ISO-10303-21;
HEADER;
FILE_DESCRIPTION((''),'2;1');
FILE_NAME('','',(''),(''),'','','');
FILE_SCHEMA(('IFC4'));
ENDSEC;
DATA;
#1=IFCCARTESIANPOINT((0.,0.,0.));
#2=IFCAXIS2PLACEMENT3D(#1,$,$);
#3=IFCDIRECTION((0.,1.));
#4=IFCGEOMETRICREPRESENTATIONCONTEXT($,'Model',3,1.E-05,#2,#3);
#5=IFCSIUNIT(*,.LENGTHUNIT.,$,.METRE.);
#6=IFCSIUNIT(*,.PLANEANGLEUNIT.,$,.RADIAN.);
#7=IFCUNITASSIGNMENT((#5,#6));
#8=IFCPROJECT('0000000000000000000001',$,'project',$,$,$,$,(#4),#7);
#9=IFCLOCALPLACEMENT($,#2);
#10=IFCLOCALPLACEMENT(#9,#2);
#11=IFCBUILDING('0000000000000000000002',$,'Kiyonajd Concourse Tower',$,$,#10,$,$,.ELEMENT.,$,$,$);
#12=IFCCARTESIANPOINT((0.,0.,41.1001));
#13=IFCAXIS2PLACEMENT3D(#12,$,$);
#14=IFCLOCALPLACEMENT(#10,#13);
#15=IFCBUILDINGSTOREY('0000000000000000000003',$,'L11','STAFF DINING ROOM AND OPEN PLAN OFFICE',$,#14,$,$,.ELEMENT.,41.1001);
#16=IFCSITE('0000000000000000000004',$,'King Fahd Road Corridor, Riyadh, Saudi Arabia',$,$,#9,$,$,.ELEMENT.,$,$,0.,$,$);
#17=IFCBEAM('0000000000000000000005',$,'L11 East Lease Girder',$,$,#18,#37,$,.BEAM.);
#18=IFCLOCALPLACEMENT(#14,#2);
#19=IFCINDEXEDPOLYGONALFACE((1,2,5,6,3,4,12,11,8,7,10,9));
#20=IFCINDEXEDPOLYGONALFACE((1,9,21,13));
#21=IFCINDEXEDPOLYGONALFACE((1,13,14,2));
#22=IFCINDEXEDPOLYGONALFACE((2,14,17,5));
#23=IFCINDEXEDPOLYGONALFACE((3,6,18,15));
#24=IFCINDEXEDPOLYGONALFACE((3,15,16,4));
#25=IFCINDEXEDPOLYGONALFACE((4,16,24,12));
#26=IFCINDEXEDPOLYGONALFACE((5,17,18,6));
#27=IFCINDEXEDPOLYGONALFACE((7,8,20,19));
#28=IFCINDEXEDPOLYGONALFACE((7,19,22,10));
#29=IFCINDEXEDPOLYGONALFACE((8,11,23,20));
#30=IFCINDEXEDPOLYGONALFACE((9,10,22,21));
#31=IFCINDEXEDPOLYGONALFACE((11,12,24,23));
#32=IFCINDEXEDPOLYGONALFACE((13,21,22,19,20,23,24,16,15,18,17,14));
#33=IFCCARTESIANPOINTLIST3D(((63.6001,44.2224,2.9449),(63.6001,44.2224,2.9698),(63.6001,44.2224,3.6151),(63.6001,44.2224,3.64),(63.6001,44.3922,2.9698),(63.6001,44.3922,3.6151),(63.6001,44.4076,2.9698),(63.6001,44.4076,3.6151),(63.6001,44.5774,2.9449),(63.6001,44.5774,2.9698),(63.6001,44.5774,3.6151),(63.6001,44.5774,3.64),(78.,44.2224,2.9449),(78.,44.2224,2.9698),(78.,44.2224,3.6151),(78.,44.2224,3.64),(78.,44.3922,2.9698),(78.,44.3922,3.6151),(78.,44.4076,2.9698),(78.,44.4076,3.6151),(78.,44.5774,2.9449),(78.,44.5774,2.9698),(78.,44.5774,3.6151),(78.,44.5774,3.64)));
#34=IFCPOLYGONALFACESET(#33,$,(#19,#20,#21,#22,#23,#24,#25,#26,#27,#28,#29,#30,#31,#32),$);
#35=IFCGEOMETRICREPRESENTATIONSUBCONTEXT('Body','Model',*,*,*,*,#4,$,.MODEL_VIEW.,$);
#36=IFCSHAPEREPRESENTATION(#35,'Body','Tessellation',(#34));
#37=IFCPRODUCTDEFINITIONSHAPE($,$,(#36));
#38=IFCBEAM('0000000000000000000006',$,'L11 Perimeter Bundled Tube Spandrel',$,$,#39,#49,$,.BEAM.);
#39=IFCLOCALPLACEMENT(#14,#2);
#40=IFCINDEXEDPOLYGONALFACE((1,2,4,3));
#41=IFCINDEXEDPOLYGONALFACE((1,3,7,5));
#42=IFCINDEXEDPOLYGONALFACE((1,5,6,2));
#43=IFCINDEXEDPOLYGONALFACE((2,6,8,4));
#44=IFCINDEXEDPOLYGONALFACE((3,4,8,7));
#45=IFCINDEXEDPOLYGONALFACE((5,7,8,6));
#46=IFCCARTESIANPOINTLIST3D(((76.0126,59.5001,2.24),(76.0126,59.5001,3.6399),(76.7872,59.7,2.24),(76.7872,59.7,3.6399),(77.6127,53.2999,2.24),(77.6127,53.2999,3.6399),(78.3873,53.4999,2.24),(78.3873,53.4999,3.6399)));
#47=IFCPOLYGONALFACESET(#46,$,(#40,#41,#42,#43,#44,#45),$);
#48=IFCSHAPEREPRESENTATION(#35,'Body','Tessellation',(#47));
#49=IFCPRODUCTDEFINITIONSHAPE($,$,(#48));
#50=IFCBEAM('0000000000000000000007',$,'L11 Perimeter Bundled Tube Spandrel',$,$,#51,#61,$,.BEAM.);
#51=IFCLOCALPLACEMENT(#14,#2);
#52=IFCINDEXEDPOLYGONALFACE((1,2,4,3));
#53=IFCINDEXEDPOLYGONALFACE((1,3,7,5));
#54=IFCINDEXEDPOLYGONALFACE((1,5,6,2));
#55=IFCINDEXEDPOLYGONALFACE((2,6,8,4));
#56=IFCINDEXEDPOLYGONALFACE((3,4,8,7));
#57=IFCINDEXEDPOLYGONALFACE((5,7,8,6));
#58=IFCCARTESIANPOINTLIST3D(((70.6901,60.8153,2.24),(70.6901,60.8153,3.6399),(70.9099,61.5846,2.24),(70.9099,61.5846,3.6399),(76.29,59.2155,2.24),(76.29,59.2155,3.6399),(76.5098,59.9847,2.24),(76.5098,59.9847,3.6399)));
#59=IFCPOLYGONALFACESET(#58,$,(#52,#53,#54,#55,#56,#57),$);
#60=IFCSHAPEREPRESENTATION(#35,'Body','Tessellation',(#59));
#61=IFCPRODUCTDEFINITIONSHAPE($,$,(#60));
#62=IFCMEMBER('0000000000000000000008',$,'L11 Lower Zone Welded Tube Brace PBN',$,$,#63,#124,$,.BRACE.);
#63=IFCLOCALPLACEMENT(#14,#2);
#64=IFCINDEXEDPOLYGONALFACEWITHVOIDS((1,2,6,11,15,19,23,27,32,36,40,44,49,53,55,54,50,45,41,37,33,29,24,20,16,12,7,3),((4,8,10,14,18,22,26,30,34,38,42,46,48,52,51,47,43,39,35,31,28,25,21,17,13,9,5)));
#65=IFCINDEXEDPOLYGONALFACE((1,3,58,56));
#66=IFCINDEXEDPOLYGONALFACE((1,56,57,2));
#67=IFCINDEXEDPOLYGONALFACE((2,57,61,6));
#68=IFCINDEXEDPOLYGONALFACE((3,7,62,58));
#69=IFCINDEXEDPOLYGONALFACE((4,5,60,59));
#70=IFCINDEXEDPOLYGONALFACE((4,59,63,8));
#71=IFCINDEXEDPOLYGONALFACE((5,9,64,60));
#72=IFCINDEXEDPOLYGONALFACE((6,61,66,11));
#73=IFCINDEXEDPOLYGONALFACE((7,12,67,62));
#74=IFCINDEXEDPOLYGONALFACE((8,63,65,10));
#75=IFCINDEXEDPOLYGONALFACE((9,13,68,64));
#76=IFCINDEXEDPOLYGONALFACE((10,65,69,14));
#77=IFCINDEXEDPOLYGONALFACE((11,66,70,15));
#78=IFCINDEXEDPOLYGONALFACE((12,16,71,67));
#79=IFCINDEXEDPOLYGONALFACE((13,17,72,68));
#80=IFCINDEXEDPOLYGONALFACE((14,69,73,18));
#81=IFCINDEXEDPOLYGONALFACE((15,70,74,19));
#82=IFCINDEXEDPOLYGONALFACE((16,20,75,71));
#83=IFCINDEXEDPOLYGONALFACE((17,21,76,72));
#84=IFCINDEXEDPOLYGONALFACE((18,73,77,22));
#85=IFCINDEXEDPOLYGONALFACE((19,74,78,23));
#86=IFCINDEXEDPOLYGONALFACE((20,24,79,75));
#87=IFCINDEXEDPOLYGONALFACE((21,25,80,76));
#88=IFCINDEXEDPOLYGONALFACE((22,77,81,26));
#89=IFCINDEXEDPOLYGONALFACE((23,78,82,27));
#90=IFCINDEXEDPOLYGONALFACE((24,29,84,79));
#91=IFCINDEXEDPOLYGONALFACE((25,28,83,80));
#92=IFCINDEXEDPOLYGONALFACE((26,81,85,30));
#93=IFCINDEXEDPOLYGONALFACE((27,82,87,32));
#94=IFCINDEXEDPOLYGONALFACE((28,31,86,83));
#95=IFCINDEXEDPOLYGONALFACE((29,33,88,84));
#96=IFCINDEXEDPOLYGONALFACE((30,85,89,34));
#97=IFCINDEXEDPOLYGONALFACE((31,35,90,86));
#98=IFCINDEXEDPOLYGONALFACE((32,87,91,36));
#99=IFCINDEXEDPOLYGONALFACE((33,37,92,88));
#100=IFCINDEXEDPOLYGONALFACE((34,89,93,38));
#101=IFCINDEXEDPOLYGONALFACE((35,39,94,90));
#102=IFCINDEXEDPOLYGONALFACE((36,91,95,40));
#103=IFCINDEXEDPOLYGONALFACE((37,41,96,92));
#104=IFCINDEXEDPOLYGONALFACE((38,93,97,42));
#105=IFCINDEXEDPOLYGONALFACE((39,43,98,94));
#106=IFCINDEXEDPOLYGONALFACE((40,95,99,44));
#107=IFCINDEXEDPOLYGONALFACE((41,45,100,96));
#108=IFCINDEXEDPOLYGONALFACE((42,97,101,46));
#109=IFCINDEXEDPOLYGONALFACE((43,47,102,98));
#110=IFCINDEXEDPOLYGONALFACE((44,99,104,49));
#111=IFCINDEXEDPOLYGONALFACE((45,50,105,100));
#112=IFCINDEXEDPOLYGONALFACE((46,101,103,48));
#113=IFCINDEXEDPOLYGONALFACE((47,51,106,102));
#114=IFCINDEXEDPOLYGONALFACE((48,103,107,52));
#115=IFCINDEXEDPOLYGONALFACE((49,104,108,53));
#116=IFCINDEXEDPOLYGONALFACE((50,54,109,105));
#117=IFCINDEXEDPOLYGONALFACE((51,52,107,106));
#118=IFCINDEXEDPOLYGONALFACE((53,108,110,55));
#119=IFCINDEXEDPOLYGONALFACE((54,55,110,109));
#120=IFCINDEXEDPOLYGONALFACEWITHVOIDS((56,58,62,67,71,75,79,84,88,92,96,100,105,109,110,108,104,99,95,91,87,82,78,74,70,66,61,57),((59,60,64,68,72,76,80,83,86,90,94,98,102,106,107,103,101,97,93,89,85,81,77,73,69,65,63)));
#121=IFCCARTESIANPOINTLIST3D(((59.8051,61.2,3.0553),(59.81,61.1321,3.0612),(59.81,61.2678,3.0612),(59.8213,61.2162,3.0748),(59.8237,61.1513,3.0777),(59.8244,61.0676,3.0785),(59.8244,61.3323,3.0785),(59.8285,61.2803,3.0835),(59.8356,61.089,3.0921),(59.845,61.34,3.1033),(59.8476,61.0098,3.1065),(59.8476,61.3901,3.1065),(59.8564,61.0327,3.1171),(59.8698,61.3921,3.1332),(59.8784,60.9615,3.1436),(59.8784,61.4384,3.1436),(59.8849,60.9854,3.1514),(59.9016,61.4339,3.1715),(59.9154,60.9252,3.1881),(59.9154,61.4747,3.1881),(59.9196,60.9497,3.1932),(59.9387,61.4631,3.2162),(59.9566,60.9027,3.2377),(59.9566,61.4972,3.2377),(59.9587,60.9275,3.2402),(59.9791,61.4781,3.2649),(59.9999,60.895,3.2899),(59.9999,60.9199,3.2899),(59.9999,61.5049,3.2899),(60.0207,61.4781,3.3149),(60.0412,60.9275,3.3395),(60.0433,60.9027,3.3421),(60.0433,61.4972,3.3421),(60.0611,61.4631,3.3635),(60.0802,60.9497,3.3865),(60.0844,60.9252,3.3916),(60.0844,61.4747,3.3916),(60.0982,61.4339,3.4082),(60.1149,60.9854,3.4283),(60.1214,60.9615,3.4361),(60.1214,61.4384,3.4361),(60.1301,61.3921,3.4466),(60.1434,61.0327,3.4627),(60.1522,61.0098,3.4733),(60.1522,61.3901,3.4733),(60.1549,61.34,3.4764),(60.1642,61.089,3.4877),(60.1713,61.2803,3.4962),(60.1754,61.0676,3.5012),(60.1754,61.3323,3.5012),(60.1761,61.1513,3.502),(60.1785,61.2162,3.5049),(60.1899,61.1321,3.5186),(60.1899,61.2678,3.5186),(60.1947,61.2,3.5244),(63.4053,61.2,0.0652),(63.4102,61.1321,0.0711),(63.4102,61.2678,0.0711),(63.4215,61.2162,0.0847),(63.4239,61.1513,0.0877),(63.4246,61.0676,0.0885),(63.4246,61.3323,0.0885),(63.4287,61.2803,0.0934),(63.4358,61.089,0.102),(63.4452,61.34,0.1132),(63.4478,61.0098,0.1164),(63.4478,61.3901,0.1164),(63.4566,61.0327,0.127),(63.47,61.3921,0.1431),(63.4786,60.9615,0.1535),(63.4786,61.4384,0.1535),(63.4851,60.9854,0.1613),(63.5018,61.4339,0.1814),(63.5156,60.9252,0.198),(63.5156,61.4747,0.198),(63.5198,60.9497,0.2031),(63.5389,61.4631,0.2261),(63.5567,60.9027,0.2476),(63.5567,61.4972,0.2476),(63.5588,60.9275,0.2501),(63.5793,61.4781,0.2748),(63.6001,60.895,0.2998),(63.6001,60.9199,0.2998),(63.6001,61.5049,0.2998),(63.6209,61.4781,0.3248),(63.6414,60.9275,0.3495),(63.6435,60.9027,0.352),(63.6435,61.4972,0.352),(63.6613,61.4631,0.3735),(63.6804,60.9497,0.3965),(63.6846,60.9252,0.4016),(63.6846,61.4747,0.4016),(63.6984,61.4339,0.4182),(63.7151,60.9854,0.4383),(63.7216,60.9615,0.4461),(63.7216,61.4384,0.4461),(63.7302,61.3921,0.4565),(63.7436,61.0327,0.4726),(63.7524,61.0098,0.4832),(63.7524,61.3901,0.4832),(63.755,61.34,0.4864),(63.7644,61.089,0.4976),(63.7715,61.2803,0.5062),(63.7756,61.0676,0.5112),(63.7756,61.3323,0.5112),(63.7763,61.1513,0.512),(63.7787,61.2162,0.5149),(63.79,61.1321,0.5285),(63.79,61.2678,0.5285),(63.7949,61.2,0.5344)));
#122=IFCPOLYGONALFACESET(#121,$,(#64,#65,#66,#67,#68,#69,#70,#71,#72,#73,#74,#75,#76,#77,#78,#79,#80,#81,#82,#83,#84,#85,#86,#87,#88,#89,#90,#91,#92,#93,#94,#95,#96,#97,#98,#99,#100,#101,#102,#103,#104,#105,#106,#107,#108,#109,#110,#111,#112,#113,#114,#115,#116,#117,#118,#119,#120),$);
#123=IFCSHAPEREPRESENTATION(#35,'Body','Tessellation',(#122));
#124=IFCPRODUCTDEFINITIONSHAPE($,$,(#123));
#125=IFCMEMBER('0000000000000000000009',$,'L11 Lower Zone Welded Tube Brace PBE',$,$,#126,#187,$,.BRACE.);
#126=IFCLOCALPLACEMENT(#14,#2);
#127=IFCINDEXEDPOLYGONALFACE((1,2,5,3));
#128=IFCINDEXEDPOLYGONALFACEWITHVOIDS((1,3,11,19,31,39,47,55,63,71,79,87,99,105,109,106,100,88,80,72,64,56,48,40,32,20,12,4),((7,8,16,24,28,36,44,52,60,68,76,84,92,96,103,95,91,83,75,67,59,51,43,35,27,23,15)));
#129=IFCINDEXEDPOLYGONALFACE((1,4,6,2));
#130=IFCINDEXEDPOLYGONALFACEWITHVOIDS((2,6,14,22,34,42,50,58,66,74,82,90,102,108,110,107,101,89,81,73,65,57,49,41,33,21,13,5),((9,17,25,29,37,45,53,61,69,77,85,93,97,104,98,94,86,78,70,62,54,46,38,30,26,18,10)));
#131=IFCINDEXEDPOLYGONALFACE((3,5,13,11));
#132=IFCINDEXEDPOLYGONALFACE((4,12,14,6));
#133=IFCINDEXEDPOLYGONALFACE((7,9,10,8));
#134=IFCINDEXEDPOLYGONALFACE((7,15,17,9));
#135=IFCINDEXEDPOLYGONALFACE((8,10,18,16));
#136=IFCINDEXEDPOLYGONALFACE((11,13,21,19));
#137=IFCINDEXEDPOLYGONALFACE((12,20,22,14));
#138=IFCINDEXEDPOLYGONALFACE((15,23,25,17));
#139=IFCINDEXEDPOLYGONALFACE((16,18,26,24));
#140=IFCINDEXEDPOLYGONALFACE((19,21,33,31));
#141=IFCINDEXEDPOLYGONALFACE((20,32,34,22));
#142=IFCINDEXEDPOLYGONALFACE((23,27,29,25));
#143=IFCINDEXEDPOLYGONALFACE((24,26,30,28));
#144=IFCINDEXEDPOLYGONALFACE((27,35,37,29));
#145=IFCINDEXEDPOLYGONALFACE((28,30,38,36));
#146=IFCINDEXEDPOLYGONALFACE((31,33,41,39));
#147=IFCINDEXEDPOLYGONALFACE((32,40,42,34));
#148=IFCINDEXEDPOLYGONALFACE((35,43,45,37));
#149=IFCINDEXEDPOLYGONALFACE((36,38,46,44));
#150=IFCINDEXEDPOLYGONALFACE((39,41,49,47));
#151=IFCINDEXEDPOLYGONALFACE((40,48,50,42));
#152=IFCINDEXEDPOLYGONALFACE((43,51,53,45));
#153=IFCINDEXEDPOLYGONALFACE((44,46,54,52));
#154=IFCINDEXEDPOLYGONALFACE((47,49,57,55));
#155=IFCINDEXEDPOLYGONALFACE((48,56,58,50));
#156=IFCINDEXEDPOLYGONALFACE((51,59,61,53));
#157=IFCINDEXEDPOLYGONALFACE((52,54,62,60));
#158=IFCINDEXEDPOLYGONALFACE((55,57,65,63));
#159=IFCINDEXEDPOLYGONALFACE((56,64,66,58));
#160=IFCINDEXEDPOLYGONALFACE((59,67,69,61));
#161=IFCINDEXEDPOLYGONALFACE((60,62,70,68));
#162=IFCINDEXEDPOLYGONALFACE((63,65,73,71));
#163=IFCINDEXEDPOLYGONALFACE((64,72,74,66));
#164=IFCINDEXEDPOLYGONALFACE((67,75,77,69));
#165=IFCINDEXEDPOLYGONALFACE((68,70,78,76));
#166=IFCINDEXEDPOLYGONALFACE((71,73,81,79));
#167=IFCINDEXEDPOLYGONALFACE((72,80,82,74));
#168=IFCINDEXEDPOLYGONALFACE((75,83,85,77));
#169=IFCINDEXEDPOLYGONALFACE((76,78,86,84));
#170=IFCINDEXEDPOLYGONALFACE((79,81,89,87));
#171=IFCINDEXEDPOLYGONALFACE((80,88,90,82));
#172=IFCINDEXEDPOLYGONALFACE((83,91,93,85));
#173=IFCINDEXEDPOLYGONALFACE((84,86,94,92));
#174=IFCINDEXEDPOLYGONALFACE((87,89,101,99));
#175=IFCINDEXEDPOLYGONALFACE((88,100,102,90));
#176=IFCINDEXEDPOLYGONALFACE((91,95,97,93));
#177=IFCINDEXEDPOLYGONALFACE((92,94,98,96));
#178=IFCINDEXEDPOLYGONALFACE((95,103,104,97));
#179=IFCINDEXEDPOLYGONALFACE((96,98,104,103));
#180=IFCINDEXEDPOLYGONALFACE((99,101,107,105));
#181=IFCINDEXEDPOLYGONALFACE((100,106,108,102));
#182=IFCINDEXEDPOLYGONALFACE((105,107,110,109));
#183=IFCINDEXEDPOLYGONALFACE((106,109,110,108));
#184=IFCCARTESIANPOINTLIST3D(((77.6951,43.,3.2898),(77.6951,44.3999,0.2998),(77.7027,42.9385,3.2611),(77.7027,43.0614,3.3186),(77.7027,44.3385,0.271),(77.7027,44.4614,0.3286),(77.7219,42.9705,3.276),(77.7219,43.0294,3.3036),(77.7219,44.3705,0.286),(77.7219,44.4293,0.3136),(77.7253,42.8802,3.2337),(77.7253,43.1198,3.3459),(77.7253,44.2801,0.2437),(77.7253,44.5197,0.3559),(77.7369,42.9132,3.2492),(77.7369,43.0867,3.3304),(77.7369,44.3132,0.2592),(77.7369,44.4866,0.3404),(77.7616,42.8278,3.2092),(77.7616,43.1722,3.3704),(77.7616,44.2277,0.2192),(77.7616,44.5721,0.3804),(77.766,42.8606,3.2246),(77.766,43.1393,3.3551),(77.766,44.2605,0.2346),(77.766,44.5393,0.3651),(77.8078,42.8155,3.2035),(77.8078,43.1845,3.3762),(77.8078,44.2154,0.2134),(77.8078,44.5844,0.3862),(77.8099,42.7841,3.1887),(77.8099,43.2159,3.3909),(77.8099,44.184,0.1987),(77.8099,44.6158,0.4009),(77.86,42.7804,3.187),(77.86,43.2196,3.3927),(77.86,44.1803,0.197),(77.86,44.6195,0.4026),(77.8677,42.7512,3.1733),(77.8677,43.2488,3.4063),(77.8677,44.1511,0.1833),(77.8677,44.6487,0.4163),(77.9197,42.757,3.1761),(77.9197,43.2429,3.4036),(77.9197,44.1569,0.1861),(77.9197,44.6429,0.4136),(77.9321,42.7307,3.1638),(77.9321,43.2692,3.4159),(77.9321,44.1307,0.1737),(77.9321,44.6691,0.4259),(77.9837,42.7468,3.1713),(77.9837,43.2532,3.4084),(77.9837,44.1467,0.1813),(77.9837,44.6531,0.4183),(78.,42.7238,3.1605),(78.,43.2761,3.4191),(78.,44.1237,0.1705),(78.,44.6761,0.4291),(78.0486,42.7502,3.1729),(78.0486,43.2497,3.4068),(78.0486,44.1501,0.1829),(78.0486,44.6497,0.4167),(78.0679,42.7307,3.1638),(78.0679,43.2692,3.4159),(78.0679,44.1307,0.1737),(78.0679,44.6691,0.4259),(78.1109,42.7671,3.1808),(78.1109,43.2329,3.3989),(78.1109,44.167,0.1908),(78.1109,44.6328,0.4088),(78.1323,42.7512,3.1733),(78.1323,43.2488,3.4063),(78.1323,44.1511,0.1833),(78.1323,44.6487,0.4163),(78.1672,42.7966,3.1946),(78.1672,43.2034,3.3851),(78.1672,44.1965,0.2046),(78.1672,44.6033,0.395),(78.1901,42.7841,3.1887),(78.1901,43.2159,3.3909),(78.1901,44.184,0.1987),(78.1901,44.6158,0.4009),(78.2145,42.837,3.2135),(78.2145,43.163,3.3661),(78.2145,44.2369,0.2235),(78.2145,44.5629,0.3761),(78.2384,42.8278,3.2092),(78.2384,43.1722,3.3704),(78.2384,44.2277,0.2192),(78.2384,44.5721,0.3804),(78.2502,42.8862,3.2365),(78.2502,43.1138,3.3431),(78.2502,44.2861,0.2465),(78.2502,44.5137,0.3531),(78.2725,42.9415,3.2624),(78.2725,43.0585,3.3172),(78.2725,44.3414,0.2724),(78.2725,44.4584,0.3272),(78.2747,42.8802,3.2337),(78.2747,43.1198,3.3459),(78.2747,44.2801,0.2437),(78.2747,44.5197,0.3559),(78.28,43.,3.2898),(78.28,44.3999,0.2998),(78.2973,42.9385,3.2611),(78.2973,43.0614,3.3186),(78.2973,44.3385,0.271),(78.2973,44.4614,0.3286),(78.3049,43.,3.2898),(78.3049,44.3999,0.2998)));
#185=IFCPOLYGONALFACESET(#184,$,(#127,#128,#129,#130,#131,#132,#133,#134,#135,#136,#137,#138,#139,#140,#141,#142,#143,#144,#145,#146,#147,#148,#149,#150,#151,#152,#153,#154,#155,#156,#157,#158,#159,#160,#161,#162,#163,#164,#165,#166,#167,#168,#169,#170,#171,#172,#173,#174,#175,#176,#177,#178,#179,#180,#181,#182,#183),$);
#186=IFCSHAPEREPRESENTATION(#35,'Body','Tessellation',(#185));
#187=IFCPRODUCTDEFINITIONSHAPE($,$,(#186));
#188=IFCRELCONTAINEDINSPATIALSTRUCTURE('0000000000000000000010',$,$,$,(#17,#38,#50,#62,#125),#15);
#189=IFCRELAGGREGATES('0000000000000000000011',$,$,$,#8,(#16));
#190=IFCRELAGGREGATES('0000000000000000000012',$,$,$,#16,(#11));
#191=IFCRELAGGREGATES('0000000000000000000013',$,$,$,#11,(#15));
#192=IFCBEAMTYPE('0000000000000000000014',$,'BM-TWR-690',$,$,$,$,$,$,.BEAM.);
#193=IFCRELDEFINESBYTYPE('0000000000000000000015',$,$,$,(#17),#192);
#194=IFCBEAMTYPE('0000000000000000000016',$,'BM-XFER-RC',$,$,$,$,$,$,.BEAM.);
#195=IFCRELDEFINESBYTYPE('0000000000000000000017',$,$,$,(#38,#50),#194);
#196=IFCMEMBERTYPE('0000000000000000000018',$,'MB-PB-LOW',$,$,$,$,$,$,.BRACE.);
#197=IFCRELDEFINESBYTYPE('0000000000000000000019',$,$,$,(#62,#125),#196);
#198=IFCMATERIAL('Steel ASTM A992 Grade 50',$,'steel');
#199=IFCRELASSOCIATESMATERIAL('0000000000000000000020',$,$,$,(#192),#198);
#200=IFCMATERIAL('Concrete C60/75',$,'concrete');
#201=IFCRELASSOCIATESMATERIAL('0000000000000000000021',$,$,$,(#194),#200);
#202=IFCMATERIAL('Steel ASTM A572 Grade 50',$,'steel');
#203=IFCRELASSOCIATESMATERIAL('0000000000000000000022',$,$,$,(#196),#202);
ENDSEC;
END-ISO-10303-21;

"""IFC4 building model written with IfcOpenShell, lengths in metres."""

from ifc_helpers import new_model, si_unit, direction, frame, origin, origin_2d, place, context, subcontext, project, spatial, rectangle, hollow_circle, i_section, extrude, material, material_profile, profile_set, type_object, element, save


model = new_model("IFC4")

# Units and contexts
model_context = context("Model", 3, precision=1e-05, world=origin(), true_north=direction((0.0, 1.0)))
body_context = subcontext(model_context, "Body", "Model", "MODEL_VIEW")
ifc_project = project(units=[si_unit("LENGTHUNIT", "METRE"), si_unit("PLANEANGLEUNIT", "RADIAN")], contexts=[model_context])

# Site, building, storey
site_placement = place(None, origin())
site = spatial("IfcSite", under=ifc_project, at=site_placement, Name="King Fahd Road Corridor, Riyadh, Saudi Arabia", CompositionType="ELEMENT", RefElevation=0.0)
building_placement = place(site_placement, origin())
building = spatial("IfcBuilding", under=site, at=building_placement, Name="Kiyonajd Concourse Tower", CompositionType="ELEMENT")
storey_placement = place(building_placement, frame((0.0, 0.0, 41.1001)))
storey = spatial("IfcBuildingStorey", under=building, at=storey_placement, Name="L11", Description="STAFF DINING ROOM AND OPEN PLAN OFFICE", CompositionType="ELEMENT", Elevation=41.1001)

# Beams
ifc_material_1 = material(Name="Steel ASTM A992 Grade 50", Category="steel")
ifc_material_profile_1 = material_profile(ifc_material_1, i_section(OverallWidth=0.355, OverallDepth=0.6951, WebThickness=0.0154, FlangeThickness=0.0249, at=origin_2d()), Name="W690X217")
ifc_profile_set_1 = profile_set([ifc_material_profile_1], Name="Steel ASTM A992 Grade 50")
beam_type_1 = type_object("IfcBeamType", Name="BM-TWR-690", PredefinedType="BEAM", material=ifc_profile_set_1)
beam_1_placement = place(storey_placement, frame((63.6001, 44.3999, 3.2925), z_axis=(1.0, 0.0, 0.0), x_axis=(0.0, 1.0, 0.0)))
element("IfcBeam", 1, at=beam_1_placement, inside=storey, type_object=beam_type_1, Name="L11 East Lease Girder", PredefinedType="BEAM", context=body_context, shape_type="SweptSolid", body=[
    extrude(i_section(OverallWidth=0.355, OverallDepth=0.6951, WebThickness=0.0154, FlangeThickness=0.0249, at=origin_2d()), origin(), (0.0, 0.0, 1.0), 14.3999),
])
ifc_material_2 = material(Name="Concrete C60/75", Category="concrete")
ifc_material_profile_2 = material_profile(ifc_material_2, rectangle(XDim=0.8, YDim=1.3999, at=origin_2d()), Name="RCBM-800x1400")
ifc_profile_set_2 = profile_set([ifc_material_profile_2], Name="Concrete C60/75")
beam_type_2 = type_object("IfcBeamType", Name="BM-XFER-RC", PredefinedType="BEAM", material=ifc_profile_set_2)
beam_2_placement = place(storey_placement, frame((78.0, 53.3999, 2.9399), z_axis=(-0.249885, 0.968276, 0.0), x_axis=(-0.968276, -0.249885, 0.0)))
element("IfcBeam", 2, at=beam_2_placement, inside=storey, type_object=beam_type_2, Name="L11 Perimeter Bundled Tube Spandrel", PredefinedType="BEAM", context=body_context, shape_type="SweptSolid", body=[
    extrude(rectangle(XDim=0.8, YDim=1.3999, at=origin_2d()), origin(), (0.0, 0.0, 1.0), 6.4033),
])
beam_3_placement = place(storey_placement, frame((76.3999, 59.6001, 2.9399), z_axis=(-0.961529, 0.274705, 0.0), x_axis=(-0.274705, -0.961529, 0.0)))
element("IfcBeam", 3, at=beam_3_placement, inside=storey, type_object=beam_type_2, Name="L11 Perimeter Bundled Tube Spandrel", PredefinedType="BEAM", context=body_context, shape_type="SweptSolid", body=[
    extrude(rectangle(XDim=0.8, YDim=1.3999, at=origin_2d()), origin(), (0.0, 0.0, 1.0), 5.824),
])

# Members
ifc_material_3 = material(Name="Steel ASTM A572 Grade 50", Category="steel")
ifc_material_profile_3 = material_profile(ifc_material_3, hollow_circle(Radius=0.3049, WallThickness=0.0249, at=origin_2d()), Name="CHS-610x25")
ifc_profile_set_3 = profile_set([ifc_material_profile_3], Name="Steel ASTM A572 Grade 50")
member_type = type_object("IfcMemberType", Name="MB-PB-LOW", PredefinedType="BRACE", material=ifc_profile_set_3)
member_1_placement = place(storey_placement, frame((63.6001, 61.2, 0.2998), z_axis=(-0.769281, 0.0, 0.638911), x_axis=(0.0, -1.0, 0.0)))
element("IfcMember", 4, at=member_1_placement, inside=storey, type_object=member_type, Name="L11 Lower Zone Welded Tube Brace PBN", PredefinedType="BRACE", context=body_context, shape_type="SweptSolid", body=[
    extrude(hollow_circle(Radius=0.3049, WallThickness=0.0249, at=origin_2d()), origin(), (0.0, 0.0, 1.0), 4.6799),
])
member_2_placement = place(storey_placement, frame((78.0, 44.3999, 0.2998), z_axis=(0.0, -0.424023, 0.905652), x_axis=(1.0, 0.0, 0.0)))
element("IfcMember", 5, at=member_2_placement, inside=storey, type_object=member_type, Name="L11 Lower Zone Welded Tube Brace PBE", PredefinedType="BRACE", context=body_context, shape_type="SweptSolid", body=[
    extrude(hollow_circle(Radius=0.3049, WallThickness=0.0249, at=origin_2d()), origin(), (0.0, 0.0, 1.0), 3.3015),
])

save(model, "model.ifc")
